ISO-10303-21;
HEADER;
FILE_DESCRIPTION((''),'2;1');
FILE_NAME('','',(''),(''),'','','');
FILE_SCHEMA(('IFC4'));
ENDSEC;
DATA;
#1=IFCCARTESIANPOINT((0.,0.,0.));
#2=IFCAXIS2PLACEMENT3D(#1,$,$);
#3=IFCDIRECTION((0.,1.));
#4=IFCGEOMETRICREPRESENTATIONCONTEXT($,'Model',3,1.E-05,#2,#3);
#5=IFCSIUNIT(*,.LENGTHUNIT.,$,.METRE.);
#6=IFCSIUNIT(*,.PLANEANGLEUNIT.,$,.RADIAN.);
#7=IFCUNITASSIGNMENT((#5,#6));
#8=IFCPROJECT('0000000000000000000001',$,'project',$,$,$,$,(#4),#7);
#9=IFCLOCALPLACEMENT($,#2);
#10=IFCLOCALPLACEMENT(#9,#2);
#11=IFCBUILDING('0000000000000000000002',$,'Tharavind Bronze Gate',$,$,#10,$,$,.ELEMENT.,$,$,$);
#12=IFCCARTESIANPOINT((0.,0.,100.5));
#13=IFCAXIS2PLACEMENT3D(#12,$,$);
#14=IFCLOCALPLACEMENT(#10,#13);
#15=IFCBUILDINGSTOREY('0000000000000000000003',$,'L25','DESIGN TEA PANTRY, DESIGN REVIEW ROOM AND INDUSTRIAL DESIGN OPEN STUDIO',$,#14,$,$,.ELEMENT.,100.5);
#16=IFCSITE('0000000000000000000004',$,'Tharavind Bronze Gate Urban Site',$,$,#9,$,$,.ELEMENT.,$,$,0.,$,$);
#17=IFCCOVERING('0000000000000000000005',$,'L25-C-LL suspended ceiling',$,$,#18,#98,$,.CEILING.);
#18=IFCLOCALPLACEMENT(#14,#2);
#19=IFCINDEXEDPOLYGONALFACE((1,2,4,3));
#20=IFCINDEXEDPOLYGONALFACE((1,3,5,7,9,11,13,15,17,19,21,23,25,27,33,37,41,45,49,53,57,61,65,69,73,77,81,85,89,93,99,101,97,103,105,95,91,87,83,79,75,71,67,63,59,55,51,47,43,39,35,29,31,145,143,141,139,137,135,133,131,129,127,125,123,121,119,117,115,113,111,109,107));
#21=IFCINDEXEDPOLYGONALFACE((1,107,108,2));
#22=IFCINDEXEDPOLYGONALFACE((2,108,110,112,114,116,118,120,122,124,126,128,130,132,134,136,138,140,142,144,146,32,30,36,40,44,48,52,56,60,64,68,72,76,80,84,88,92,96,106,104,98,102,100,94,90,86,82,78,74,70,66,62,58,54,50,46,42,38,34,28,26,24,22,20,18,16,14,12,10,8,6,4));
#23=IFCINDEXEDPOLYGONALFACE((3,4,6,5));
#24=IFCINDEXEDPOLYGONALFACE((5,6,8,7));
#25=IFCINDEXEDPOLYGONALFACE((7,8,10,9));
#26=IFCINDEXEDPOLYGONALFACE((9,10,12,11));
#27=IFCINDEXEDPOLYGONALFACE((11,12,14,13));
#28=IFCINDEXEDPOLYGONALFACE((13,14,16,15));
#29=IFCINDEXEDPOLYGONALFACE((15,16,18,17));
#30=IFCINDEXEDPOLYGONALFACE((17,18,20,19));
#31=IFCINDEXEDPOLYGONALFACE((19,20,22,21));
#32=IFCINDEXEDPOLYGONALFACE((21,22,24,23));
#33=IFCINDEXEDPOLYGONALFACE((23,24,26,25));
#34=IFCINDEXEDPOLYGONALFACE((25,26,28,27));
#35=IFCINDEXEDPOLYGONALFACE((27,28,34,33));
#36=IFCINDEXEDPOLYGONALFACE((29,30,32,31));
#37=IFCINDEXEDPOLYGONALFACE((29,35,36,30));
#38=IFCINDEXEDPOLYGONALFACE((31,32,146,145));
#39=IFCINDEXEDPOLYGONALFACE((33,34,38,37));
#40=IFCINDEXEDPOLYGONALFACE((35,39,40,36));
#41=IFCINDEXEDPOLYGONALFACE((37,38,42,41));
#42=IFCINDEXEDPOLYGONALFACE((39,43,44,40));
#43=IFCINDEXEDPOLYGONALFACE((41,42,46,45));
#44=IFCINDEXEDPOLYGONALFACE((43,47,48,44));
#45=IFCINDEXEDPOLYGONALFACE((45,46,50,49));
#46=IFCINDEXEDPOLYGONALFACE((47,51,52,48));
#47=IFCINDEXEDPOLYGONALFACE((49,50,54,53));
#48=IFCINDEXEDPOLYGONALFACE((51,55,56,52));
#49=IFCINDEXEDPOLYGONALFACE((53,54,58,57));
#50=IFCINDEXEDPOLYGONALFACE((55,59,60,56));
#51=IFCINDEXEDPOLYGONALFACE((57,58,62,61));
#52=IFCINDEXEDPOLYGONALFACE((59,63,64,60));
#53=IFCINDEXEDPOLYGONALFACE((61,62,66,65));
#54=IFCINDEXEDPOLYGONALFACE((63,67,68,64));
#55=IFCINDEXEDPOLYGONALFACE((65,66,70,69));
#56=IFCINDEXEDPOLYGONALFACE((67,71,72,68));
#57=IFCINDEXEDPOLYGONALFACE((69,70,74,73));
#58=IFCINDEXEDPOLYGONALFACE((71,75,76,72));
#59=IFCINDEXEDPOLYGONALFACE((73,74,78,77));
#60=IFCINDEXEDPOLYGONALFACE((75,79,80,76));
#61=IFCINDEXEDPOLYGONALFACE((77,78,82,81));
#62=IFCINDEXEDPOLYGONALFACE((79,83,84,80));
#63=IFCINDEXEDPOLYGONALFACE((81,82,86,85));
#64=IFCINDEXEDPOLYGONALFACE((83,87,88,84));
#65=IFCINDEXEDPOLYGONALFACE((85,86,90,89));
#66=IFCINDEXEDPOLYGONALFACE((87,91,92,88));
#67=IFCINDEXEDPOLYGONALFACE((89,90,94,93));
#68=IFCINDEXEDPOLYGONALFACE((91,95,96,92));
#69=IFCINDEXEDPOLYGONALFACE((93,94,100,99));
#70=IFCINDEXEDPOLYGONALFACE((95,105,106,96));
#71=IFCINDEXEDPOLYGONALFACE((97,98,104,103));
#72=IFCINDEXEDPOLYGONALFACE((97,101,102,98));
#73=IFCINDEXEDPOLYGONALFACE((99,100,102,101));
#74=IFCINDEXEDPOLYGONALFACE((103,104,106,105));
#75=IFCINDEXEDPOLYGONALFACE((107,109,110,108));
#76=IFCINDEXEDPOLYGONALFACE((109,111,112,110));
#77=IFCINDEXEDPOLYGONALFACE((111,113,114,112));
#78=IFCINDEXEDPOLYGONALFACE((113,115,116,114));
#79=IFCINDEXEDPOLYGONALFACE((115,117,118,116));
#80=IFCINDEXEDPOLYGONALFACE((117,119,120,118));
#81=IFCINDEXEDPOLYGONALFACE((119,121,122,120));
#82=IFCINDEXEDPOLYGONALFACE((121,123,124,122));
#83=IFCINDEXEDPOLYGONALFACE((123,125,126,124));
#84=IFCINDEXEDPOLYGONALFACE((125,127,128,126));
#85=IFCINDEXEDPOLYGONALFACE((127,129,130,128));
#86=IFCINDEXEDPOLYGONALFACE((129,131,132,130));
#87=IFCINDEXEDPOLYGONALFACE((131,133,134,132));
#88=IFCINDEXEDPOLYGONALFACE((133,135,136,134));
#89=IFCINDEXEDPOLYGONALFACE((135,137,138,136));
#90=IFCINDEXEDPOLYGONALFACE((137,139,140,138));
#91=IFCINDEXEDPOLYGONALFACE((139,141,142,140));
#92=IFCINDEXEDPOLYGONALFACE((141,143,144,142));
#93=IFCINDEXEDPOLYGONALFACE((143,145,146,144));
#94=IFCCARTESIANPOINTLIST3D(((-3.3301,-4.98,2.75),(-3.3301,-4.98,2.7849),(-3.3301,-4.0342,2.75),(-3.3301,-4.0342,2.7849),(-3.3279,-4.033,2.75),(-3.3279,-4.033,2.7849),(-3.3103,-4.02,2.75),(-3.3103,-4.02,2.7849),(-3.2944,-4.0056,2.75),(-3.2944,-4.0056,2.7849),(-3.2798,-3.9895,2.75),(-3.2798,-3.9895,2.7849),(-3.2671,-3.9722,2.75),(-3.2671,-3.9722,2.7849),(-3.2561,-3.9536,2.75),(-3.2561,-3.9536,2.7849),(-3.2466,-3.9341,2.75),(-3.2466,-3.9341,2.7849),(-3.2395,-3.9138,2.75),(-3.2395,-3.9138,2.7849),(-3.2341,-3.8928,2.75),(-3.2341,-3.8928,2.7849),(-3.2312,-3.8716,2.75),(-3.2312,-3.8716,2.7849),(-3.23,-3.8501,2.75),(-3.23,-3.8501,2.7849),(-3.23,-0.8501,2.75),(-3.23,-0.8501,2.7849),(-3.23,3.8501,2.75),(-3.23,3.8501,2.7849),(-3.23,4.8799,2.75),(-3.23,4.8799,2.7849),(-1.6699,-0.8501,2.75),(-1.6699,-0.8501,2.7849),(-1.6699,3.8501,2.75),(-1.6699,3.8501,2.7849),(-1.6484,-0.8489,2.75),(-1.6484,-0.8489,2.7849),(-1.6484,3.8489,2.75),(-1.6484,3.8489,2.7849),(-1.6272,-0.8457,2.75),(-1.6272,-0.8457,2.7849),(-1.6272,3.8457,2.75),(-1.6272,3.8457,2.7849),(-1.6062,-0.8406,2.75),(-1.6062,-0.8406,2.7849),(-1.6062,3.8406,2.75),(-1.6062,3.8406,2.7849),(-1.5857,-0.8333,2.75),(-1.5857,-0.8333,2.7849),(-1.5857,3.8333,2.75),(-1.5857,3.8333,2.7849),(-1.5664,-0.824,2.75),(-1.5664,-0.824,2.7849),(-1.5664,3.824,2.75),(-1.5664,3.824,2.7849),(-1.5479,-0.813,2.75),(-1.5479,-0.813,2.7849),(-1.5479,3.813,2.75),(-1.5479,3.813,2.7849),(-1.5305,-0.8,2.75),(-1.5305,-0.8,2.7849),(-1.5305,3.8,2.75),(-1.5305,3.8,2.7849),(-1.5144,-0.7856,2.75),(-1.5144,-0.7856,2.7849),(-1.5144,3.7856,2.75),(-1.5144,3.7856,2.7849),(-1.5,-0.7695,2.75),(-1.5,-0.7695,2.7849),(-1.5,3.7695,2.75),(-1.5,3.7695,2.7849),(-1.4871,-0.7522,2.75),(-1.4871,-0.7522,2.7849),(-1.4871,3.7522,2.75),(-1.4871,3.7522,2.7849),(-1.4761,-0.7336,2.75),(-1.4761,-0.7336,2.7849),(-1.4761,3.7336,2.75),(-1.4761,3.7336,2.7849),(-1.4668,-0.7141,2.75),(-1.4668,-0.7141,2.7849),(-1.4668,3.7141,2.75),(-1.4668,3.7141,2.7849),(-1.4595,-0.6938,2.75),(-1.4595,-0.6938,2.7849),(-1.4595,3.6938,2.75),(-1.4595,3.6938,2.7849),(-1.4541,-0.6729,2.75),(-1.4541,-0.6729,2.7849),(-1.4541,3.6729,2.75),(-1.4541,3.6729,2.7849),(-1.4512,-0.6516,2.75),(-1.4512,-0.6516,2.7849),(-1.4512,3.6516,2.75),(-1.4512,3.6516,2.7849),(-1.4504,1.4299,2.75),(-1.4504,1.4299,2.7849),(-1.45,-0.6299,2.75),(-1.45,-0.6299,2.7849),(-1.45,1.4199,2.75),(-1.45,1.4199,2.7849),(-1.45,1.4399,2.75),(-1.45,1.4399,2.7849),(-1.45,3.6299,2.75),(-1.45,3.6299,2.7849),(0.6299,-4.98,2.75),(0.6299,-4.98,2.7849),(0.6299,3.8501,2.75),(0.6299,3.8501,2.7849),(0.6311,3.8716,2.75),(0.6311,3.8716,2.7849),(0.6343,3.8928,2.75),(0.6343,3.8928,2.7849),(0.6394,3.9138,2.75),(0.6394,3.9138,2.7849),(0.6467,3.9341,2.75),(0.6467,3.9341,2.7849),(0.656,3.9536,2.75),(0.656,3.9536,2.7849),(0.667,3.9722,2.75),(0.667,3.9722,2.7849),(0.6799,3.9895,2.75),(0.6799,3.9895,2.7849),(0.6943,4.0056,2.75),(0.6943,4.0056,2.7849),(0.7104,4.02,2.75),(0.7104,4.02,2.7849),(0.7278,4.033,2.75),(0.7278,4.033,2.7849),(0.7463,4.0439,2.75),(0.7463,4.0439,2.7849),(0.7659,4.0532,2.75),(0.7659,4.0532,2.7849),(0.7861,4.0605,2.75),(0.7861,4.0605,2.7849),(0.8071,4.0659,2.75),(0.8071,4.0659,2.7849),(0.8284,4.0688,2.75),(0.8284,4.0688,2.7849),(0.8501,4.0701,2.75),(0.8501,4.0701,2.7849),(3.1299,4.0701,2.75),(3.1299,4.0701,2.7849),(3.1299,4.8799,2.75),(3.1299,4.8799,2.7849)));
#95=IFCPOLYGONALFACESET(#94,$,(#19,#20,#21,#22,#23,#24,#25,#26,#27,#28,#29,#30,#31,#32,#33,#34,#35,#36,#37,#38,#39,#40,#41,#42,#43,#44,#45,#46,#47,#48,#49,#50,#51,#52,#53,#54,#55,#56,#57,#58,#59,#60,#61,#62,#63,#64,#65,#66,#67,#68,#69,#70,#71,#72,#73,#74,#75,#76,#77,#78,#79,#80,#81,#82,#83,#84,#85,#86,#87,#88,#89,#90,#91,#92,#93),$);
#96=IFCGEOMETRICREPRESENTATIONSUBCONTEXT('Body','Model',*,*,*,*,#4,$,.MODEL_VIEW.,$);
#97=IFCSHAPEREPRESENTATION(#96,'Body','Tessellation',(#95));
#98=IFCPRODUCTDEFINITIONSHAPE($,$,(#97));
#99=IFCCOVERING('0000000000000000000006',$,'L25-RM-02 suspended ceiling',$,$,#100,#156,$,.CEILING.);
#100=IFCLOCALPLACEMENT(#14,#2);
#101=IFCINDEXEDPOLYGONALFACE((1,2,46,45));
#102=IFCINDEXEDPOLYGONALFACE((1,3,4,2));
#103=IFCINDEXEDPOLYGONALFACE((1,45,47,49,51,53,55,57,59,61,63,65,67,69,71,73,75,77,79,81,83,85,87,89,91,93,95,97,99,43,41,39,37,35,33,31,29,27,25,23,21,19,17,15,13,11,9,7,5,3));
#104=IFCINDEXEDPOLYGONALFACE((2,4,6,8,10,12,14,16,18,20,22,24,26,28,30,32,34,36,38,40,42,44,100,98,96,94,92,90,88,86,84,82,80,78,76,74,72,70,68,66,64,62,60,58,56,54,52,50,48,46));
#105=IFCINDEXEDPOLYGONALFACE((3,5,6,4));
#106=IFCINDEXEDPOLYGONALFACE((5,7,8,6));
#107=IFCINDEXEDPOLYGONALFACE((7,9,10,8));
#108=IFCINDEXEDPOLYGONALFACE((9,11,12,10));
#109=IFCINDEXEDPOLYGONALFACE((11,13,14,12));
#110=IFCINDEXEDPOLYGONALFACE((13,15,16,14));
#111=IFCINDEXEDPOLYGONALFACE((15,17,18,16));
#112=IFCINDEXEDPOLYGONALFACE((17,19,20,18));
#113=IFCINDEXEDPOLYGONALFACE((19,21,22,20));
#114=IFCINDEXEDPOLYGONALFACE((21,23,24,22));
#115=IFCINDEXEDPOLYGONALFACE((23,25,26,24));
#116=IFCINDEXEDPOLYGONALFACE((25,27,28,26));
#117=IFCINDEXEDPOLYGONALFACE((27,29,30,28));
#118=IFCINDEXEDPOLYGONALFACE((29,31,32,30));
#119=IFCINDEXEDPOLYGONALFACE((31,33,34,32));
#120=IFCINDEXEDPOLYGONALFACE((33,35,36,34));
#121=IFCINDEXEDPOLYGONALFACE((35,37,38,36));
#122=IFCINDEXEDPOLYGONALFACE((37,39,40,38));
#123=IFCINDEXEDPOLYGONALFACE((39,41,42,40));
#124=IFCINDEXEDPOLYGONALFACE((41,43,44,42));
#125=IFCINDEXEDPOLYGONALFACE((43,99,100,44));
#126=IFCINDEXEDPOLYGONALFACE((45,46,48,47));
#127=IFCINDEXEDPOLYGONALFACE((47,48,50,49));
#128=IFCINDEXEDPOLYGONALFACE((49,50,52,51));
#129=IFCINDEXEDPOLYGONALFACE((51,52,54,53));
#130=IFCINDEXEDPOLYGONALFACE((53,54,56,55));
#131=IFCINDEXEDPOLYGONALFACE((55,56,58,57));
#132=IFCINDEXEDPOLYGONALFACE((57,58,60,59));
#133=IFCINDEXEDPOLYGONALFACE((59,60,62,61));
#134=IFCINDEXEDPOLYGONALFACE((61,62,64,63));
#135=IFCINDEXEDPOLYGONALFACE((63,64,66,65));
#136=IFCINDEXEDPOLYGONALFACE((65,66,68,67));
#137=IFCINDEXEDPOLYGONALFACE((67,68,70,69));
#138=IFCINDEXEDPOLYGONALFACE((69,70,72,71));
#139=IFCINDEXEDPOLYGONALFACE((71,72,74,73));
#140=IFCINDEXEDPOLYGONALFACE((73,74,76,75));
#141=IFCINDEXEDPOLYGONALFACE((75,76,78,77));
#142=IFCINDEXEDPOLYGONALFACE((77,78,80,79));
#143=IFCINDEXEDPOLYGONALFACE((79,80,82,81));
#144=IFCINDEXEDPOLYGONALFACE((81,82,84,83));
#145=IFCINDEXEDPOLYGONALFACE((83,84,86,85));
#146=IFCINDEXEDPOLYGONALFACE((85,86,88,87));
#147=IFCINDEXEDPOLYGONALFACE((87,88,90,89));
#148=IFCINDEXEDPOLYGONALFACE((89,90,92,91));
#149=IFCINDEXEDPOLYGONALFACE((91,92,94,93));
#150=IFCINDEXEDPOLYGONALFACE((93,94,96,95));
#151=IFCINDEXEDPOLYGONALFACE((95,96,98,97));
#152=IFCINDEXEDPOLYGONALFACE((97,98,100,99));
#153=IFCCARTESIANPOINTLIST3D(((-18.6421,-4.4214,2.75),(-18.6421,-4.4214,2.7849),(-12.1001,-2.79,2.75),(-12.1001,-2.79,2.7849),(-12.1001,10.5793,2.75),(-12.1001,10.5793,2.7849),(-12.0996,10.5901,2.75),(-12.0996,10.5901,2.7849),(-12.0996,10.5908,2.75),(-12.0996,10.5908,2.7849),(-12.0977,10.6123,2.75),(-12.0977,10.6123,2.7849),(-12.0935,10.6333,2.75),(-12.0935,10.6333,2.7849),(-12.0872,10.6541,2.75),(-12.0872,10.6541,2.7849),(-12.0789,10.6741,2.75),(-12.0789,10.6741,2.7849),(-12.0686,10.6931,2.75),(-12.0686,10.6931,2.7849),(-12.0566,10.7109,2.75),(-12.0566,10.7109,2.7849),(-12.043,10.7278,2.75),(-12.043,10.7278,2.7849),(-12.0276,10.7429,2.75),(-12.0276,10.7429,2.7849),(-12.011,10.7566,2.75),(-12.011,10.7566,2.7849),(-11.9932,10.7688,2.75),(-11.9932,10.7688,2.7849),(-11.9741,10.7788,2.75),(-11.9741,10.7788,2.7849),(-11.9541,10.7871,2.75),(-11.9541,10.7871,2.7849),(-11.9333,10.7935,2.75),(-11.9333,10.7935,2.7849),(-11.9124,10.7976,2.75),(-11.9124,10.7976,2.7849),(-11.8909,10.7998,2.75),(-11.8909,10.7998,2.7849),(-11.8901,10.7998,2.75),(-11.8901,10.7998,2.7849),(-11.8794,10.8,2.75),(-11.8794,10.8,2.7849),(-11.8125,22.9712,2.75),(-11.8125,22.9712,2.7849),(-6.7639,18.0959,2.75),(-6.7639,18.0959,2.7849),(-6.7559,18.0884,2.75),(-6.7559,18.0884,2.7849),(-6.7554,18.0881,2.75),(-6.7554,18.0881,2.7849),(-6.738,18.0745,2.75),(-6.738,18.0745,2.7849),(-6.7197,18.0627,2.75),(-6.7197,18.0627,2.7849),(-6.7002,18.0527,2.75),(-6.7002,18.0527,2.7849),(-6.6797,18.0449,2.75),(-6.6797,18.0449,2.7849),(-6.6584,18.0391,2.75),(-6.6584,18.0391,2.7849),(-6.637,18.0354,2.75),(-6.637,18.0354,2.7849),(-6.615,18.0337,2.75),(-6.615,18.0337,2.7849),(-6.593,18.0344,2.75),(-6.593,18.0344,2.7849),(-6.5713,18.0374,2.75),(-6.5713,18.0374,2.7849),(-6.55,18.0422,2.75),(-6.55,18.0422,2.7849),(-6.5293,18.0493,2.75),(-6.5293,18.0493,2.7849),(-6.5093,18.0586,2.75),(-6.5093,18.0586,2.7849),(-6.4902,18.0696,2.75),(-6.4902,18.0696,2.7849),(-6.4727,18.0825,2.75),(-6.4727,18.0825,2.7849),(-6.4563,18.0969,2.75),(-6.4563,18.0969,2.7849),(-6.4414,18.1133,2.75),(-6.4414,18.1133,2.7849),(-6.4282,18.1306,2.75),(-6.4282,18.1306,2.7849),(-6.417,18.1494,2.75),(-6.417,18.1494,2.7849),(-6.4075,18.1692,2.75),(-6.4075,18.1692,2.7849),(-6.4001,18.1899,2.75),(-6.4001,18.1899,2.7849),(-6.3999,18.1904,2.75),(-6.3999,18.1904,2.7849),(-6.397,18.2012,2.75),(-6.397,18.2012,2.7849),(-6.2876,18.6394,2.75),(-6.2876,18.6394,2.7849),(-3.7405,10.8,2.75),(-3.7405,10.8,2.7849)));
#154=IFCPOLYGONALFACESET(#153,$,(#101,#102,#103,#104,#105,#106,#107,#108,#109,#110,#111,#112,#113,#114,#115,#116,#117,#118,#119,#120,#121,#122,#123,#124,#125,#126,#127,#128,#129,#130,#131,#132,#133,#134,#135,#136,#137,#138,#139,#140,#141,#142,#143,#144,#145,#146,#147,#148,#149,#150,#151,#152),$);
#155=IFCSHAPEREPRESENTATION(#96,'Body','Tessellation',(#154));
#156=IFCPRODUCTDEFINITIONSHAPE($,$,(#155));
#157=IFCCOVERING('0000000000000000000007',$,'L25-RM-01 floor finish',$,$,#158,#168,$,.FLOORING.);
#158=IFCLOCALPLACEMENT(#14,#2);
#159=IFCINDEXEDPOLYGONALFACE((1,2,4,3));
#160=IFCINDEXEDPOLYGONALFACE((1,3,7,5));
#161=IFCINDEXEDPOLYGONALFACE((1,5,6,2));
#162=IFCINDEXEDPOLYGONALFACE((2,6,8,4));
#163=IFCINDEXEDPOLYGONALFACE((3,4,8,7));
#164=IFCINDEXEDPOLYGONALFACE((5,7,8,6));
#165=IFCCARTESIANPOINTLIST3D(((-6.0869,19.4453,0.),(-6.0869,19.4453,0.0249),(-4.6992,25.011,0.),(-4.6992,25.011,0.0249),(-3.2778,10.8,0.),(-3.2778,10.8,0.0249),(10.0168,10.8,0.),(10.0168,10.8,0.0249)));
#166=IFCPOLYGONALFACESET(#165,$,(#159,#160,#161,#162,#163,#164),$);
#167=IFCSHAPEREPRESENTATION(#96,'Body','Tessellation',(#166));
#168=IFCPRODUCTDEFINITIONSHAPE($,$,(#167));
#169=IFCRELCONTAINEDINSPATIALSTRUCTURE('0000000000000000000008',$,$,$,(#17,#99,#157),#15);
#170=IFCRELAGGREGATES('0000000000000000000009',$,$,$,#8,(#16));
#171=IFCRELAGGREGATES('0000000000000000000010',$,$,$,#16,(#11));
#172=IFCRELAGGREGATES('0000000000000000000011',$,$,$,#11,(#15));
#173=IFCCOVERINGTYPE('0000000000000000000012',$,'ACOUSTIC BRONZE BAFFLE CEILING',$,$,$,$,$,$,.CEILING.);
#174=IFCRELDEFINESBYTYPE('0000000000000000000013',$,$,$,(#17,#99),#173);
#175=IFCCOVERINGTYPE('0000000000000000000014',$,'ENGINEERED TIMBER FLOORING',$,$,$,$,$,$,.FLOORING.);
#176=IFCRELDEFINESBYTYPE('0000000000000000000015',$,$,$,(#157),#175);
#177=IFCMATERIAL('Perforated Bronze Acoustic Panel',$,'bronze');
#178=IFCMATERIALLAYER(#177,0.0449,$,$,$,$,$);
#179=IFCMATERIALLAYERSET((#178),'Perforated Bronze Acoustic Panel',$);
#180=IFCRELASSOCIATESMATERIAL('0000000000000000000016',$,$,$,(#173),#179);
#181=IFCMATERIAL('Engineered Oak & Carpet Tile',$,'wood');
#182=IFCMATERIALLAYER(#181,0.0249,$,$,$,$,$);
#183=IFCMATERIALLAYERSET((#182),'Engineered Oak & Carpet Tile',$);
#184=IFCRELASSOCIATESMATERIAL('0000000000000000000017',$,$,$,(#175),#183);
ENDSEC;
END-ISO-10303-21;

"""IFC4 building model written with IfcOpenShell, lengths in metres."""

from ifc_helpers import new_model, si_unit, direction, frame, origin, place, context, subcontext, project, spatial, polyline, outline, extrude, material, layer, layer_set, type_object, element, save


model = new_model("IFC4")

# Units and contexts
model_context = context("Model", 3, precision=1e-05, world=origin(), true_north=direction((0.0, 1.0)))
body_context = subcontext(model_context, "Body", "Model", "MODEL_VIEW")
ifc_project = project(units=[si_unit("LENGTHUNIT", "METRE"), si_unit("PLANEANGLEUNIT", "RADIAN")], contexts=[model_context])

# Site, building, storey
site_placement = place(None, origin())
site = spatial("IfcSite", under=ifc_project, at=site_placement, Name="Tharavind Bronze Gate Urban Site", CompositionType="ELEMENT", RefElevation=0.0)
building_placement = place(site_placement, origin())
building = spatial("IfcBuilding", under=site, at=building_placement, Name="Tharavind Bronze Gate", CompositionType="ELEMENT")
storey_placement = place(building_placement, frame((0.0, 0.0, 100.5)))
storey = spatial("IfcBuildingStorey", under=building, at=storey_placement, Name="L25", Description="DESIGN TEA PANTRY, DESIGN REVIEW ROOM AND INDUSTRIAL DESIGN OPEN STUDIO", CompositionType="ELEMENT", Elevation=100.5)

# Coverings
ifc_material_1 = material(Name="Perforated Bronze Acoustic Panel", Category="bronze")
ifc_layer_1 = layer(ifc_material_1, 0.0449)
ifc_layer_set_1 = layer_set([ifc_layer_1], Name="Perforated Bronze Acoustic Panel")
covering_type_1 = type_object("IfcCoveringType", Name="ACOUSTIC BRONZE BAFFLE CEILING", PredefinedType="CEILING", material=ifc_layer_set_1)
covering_1_placement = place(storey_placement, frame((0.0, 0.0, 2.75)))
element("IfcCovering", 1, at=covering_1_placement, inside=storey, type_object=covering_type_1, Name="L25-C-LL suspended ceiling", PredefinedType="CEILING", context=body_context, shape_type="SweptSolid", body=[
    extrude(outline(polyline([(-3.3301, -4.98), (0.6299, -4.98), (0.6299, 3.8501), (0.6311, 3.8716), (0.6343, 3.8928), (0.6394, 3.9138), (0.6467, 3.9341), (0.656, 3.9536), (0.667, 3.9722), (0.6799, 3.9895), (0.6943, 4.0056), (0.7104, 4.02), (0.7278, 4.033), (0.7463, 4.0439), (0.7659, 4.0532), (0.7861, 4.0605), (0.8071, 4.0659), (0.8284, 4.0688), (0.8501, 4.0701), (3.1299, 4.0701), (3.1299, 4.8799), (-3.23, 4.8799), (-3.23, 3.8501), (-1.6699, 3.8501), (-1.6484, 3.8489), (-1.6272, 3.8457), (-1.6062, 3.8406), (-1.5857, 3.8333), (-1.5664, 3.824), (-1.5479, 3.813), (-1.5305, 3.8), (-1.5144, 3.7856), (-1.5, 3.7695), (-1.4871, 3.7522), (-1.4761, 3.7336), (-1.4668, 3.7141), (-1.4595, 3.6938), (-1.4541, 3.6729), (-1.4512, 3.6516), (-1.45, 3.6299), (-1.45, 1.4399), (-1.4504, 1.4299), (-1.45, 1.4199), (-1.45, -0.6299), (-1.4512, -0.6516), (-1.4541, -0.6729), (-1.4595, -0.6938), (-1.4668, -0.7141), (-1.4761, -0.7336), (-1.4871, -0.7522), (-1.5, -0.7695), (-1.5144, -0.7856), (-1.5305, -0.8), (-1.5479, -0.813), (-1.5664, -0.824), (-1.5857, -0.8333), (-1.6062, -0.8406), (-1.6272, -0.8457), (-1.6484, -0.8489), (-1.6699, -0.8501), (-3.23, -0.8501), (-3.23, -3.8501), (-3.2312, -3.8716), (-3.2341, -3.8928), (-3.2395, -3.9138), (-3.2466, -3.9341), (-3.2561, -3.9536), (-3.2671, -3.9722), (-3.2798, -3.9895), (-3.2944, -4.0056), (-3.3103, -4.02), (-3.3279, -4.033), (-3.3301, -4.0342), (-3.3301, -4.98)])), origin(), (0.0, 0.0, 1.0), 0.0349),
])
covering_2_placement = place(storey_placement, frame((0.0, 0.0, 2.75)))
element("IfcCovering", 2, at=covering_2_placement, inside=storey, type_object=covering_type_1, Name="L25-RM-02 suspended ceiling", PredefinedType="CEILING", context=body_context, shape_type="SweptSolid", body=[
    extrude(outline(polyline([(-12.1001, -2.79), (-12.1001, 10.5793), (-12.0996, 10.5901), (-12.0996, 10.5908), (-12.0977, 10.6123), (-12.0935, 10.6333), (-12.0872, 10.6541), (-12.0789, 10.6741), (-12.0686, 10.6931), (-12.0566, 10.7109), (-12.043, 10.7278), (-12.0276, 10.7429), (-12.011, 10.7566), (-11.9932, 10.7688), (-11.9741, 10.7788), (-11.9541, 10.7871), (-11.9333, 10.7935), (-11.9124, 10.7976), (-11.8909, 10.7998), (-11.8901, 10.7998), (-11.8794, 10.8), (-3.7405, 10.8), (-6.2876, 18.6394), (-6.397, 18.2012), (-6.3999, 18.1904), (-6.4001, 18.1899), (-6.4075, 18.1692), (-6.417, 18.1494), (-6.4282, 18.1306), (-6.4414, 18.1133), (-6.4563, 18.0969), (-6.4727, 18.0825), (-6.4902, 18.0696), (-6.5093, 18.0586), (-6.5293, 18.0493), (-6.55, 18.0422), (-6.5713, 18.0374), (-6.593, 18.0344), (-6.615, 18.0337), (-6.637, 18.0354), (-6.6584, 18.0391), (-6.6797, 18.0449), (-6.7002, 18.0527), (-6.7197, 18.0627), (-6.738, 18.0745), (-6.7554, 18.0881), (-6.7559, 18.0884), (-6.7639, 18.0959), (-11.8125, 22.9712), (-18.6421, -4.4214), (-12.1001, -2.79)])), origin(), (0.0, 0.0, 1.0), 0.0349),
])
ifc_material_2 = material(Name="Engineered Oak & Carpet Tile", Category="wood")
ifc_layer_2 = layer(ifc_material_2, 0.0249)
ifc_layer_set_2 = layer_set([ifc_layer_2], Name="Engineered Oak & Carpet Tile")
covering_type_2 = type_object("IfcCoveringType", Name="ENGINEERED TIMBER FLOORING", PredefinedType="FLOORING", material=ifc_layer_set_2)
covering_3_placement = place(storey_placement, origin())
element("IfcCovering", 3, at=covering_3_placement, inside=storey, type_object=covering_type_2, Name="L25-RM-01 floor finish", PredefinedType="FLOORING", context=body_context, shape_type="SweptSolid", body=[
    extrude(outline(polyline([(-3.2778, 10.8), (10.0168, 10.8), (-4.6992, 25.011), (-6.0869, 19.4453), (-3.2778, 10.8)])), origin(), (0.0, 0.0, 1.0), 0.0249),
])

save(model, "model.ifc")
